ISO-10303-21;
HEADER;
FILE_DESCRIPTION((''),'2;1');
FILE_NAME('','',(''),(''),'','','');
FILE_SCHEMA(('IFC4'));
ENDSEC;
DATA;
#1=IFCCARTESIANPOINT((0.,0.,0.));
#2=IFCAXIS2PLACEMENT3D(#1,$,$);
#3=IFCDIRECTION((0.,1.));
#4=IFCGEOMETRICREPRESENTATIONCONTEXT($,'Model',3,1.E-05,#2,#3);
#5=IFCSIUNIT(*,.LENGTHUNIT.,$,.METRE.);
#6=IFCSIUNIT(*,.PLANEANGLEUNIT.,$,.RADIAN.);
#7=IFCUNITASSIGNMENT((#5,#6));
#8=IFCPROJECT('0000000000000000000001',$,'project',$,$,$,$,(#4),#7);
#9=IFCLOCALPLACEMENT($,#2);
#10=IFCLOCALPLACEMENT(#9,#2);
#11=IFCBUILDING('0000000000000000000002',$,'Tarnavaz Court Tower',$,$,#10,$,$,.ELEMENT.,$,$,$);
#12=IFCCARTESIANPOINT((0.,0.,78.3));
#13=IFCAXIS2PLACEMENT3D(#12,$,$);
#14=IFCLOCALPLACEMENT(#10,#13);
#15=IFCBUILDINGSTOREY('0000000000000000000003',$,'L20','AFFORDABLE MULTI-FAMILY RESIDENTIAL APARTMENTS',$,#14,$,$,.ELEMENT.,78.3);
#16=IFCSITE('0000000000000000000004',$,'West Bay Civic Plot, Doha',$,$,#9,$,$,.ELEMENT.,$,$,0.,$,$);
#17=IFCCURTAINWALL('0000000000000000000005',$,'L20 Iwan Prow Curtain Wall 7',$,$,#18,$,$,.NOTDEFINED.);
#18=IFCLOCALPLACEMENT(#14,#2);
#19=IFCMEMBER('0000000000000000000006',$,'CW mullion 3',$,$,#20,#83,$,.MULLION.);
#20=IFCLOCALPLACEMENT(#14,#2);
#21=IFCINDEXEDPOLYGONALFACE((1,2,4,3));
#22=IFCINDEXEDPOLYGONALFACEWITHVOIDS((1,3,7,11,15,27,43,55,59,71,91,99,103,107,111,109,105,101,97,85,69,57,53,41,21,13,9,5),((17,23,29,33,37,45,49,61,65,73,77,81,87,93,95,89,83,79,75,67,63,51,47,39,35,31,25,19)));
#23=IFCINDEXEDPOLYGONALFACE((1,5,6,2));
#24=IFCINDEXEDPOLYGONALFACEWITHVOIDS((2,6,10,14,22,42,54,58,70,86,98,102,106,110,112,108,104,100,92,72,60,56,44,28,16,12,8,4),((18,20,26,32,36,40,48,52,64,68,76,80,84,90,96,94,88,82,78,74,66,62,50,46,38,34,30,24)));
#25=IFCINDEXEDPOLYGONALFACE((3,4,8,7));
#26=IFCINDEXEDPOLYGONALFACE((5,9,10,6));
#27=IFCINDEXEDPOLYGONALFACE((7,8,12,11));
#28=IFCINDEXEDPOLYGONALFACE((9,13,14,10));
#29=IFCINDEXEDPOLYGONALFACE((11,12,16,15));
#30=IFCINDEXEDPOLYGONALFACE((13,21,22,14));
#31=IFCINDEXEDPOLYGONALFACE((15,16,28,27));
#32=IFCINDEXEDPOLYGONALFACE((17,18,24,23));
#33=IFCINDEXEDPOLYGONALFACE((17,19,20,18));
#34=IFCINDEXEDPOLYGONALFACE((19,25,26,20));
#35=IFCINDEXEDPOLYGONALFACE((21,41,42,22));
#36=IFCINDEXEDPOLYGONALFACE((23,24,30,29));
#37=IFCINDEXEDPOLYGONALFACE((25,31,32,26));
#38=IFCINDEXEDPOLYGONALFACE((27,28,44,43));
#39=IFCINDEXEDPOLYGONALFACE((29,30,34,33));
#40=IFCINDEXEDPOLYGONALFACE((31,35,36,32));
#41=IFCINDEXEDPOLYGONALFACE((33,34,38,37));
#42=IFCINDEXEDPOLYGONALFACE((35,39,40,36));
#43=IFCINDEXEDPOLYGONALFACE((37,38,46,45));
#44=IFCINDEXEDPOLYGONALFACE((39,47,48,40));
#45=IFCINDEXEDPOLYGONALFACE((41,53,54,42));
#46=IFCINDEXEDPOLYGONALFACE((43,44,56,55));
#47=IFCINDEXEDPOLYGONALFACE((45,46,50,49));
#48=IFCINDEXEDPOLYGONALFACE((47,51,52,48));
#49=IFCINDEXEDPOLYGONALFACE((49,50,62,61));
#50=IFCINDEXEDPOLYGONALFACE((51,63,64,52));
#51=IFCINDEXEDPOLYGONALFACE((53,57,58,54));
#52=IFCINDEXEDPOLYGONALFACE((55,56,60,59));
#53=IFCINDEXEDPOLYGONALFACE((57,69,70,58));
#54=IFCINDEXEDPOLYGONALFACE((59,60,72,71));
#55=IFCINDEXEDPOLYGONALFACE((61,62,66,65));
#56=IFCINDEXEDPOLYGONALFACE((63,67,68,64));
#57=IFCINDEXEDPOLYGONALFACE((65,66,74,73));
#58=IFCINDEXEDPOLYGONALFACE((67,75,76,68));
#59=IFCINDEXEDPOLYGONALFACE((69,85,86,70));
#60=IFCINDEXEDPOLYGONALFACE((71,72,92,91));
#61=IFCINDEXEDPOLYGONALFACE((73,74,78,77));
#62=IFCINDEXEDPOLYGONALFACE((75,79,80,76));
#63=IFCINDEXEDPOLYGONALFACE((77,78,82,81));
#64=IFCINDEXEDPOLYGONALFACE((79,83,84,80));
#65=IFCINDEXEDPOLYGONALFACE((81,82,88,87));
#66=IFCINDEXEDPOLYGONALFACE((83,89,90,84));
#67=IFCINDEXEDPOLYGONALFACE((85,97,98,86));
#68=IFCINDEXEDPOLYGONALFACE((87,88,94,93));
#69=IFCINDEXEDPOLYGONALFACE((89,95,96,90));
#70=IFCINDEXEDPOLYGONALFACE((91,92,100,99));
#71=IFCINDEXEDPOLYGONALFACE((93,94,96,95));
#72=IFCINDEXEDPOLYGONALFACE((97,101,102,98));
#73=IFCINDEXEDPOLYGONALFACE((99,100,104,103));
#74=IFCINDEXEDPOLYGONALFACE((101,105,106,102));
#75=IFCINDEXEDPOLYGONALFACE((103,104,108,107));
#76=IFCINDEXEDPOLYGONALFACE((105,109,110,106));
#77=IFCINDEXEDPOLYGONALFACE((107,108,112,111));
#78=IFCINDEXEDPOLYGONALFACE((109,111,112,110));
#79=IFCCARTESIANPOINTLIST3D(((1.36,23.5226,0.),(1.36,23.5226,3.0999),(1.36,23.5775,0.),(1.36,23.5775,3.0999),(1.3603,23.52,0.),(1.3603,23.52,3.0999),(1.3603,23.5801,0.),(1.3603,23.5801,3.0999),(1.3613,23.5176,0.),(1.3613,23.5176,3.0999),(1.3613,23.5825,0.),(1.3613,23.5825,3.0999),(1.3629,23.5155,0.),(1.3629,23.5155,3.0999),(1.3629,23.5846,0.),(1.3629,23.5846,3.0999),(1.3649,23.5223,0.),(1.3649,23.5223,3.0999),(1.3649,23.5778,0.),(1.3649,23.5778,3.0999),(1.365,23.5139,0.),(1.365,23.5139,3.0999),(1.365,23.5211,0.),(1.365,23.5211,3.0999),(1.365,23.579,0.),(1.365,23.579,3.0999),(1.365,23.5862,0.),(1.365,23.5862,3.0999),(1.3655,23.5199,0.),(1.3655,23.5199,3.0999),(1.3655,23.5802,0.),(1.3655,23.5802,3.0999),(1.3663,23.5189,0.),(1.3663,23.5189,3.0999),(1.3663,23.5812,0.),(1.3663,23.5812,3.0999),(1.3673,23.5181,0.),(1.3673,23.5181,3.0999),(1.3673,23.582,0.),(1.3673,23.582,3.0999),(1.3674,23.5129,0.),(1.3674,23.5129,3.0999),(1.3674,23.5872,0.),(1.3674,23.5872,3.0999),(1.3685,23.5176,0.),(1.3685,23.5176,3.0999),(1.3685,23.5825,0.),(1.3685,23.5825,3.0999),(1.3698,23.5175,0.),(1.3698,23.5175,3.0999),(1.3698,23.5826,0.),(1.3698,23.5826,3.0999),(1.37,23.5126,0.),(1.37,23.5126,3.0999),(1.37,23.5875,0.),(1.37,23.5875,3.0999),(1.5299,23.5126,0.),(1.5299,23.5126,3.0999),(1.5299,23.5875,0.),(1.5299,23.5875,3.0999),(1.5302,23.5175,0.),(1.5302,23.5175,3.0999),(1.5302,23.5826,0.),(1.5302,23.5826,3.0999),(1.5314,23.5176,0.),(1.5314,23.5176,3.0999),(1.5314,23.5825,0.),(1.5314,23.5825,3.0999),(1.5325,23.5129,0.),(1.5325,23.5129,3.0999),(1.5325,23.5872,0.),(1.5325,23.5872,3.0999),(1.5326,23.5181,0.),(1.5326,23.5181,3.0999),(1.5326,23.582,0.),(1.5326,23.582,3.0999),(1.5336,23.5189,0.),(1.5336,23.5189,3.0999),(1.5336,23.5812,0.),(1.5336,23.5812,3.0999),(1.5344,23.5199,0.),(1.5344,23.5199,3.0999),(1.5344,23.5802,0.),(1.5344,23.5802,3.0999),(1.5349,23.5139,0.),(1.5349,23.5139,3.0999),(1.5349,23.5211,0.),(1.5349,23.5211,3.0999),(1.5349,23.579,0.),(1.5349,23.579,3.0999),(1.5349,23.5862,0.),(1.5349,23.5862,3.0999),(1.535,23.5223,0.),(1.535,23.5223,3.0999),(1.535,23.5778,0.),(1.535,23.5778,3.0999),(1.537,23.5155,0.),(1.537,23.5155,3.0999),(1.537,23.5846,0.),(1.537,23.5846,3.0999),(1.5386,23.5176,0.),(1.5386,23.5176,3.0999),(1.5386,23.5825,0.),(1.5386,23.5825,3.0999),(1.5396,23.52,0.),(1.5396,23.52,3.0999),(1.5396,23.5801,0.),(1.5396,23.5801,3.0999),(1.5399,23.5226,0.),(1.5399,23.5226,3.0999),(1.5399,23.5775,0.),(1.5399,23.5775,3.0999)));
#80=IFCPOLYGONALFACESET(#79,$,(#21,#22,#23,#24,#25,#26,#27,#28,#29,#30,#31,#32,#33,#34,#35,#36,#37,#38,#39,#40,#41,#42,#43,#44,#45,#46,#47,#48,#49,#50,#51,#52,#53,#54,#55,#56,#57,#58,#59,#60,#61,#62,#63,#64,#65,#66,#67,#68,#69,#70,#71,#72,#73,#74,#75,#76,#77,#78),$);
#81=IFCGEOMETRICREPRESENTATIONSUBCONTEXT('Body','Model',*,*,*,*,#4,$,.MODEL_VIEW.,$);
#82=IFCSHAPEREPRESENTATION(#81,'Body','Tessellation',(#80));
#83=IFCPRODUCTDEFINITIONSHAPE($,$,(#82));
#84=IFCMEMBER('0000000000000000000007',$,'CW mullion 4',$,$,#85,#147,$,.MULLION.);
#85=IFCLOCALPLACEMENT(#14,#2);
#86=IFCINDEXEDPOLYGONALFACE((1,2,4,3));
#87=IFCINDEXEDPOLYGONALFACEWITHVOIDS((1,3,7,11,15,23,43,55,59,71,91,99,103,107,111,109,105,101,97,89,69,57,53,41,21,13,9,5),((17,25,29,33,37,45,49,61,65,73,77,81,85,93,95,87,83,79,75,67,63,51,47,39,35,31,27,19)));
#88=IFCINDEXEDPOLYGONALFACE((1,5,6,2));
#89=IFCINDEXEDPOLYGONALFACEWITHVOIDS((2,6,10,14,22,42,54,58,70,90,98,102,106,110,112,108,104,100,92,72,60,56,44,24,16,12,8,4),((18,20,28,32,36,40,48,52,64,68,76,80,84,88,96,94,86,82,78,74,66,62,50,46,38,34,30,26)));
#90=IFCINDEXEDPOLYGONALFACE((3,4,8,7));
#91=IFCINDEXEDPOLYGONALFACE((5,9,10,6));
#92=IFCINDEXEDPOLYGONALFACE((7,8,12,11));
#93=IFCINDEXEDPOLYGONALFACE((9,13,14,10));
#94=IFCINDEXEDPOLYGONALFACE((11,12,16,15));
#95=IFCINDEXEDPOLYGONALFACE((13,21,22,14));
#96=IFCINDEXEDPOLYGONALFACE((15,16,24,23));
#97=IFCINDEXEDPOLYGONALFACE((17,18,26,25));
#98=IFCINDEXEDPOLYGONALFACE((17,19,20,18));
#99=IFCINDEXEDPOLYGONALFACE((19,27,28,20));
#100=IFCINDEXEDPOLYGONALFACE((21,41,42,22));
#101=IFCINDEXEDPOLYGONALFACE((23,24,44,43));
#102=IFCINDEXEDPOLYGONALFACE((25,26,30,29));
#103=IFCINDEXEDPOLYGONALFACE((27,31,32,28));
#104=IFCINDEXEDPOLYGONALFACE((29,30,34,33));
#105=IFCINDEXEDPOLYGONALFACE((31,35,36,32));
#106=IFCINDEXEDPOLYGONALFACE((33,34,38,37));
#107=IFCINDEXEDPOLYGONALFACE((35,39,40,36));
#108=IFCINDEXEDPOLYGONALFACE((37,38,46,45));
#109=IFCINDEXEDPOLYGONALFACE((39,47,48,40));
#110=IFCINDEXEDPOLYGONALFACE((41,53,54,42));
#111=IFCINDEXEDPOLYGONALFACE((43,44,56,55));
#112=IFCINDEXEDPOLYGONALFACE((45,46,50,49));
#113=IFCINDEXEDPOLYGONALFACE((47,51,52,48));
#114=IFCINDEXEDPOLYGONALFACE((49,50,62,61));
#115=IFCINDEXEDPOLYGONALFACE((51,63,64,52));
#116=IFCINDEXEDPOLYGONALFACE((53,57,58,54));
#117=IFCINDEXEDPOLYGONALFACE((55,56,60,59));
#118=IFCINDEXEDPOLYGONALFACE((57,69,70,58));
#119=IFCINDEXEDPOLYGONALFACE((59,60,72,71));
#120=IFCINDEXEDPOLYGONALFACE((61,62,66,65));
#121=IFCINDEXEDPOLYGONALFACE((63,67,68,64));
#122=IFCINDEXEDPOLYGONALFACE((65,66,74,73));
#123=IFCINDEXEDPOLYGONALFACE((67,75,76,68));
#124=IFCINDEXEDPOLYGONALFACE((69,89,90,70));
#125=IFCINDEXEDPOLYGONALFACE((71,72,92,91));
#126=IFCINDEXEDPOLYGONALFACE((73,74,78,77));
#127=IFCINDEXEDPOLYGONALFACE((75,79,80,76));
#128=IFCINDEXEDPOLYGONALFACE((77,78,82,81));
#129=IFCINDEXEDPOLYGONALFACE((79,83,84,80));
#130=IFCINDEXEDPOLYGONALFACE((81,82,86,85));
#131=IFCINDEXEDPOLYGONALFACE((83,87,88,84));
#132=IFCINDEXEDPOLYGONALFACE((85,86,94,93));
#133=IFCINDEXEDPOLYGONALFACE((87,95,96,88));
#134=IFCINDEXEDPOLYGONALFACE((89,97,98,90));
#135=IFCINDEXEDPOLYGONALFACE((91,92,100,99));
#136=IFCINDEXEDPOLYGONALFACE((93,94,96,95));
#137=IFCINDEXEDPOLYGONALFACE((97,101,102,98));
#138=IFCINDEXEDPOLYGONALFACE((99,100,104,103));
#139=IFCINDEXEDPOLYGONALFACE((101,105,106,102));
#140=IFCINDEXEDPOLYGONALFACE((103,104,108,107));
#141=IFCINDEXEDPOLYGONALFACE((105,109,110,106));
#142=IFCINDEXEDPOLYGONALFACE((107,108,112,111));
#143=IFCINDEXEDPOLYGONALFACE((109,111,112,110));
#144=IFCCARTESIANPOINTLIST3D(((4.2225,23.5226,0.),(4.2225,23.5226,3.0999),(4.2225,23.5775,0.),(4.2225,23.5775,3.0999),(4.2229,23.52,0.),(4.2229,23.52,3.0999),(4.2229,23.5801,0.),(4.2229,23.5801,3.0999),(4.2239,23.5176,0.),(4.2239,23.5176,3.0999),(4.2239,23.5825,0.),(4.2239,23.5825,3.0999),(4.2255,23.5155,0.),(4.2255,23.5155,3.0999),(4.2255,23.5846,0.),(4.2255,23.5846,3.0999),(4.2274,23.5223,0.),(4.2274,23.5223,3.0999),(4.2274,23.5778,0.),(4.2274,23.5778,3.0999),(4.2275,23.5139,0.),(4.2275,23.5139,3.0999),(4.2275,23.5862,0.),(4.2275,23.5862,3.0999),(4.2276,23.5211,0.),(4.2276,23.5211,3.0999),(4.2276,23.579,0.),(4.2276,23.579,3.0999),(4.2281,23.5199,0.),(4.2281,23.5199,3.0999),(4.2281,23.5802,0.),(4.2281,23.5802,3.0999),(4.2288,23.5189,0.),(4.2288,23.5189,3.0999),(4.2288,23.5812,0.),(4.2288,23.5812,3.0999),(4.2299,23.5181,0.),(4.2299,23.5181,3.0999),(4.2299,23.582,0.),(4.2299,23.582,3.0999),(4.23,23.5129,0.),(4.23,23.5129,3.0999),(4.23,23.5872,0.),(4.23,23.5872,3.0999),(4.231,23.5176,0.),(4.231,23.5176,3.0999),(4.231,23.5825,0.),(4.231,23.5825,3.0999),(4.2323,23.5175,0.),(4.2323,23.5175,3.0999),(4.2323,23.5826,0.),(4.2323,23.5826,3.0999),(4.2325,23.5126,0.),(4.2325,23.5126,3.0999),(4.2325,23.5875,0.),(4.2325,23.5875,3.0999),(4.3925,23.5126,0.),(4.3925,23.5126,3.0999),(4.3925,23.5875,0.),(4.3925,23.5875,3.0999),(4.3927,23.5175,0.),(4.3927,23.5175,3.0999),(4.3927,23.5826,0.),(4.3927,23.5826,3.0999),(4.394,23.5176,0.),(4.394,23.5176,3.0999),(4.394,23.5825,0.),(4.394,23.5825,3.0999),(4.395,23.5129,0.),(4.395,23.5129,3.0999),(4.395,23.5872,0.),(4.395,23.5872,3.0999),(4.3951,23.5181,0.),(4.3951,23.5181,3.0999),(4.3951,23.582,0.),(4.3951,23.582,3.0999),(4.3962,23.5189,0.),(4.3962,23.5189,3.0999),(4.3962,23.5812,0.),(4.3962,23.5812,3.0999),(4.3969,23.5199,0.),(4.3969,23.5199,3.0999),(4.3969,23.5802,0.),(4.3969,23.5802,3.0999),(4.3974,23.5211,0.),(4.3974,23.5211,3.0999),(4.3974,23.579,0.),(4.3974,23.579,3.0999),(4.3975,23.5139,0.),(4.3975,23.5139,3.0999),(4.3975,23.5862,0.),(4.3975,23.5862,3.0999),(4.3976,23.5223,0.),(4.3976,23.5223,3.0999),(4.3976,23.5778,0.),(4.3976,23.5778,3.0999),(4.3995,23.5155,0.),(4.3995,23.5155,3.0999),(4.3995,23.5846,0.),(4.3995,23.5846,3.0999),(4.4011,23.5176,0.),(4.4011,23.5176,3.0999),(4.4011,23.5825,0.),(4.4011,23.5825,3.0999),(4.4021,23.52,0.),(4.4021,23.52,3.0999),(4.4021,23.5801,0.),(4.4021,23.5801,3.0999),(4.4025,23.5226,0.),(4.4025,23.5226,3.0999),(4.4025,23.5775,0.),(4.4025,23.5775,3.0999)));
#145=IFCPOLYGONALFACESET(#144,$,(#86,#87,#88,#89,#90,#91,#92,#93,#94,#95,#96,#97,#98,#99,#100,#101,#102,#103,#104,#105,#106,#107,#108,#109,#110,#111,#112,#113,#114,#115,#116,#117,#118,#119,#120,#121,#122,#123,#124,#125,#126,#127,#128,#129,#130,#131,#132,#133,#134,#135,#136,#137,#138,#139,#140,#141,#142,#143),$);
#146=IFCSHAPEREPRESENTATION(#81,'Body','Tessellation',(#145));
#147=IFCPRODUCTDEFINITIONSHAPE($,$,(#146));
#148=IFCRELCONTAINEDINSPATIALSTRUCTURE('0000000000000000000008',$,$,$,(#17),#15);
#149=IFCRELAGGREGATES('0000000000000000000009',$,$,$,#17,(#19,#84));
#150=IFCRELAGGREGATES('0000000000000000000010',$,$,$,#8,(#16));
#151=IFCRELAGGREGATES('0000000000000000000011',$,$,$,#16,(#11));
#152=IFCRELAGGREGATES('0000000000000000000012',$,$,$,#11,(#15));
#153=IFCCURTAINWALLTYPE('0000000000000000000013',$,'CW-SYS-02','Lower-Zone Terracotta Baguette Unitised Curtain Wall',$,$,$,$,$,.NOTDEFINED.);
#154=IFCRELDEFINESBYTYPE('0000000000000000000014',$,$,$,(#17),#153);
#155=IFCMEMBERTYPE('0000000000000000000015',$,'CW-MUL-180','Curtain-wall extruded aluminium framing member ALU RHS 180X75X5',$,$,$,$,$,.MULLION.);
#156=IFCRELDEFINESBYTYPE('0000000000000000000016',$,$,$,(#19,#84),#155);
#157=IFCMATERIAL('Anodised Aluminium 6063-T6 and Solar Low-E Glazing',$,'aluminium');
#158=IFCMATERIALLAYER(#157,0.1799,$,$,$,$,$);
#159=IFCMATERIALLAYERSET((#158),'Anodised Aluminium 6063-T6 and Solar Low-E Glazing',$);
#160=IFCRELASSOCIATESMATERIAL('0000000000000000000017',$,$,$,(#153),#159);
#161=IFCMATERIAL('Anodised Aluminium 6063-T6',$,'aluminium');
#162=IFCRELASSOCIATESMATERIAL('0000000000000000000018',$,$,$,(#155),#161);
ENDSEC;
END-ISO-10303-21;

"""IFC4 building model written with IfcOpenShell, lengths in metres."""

from ifc_helpers import new_model, si_unit, direction, frame, origin, origin_2d, place, context, subcontext, project, spatial, hollow_rectangle, extrude, material, layer, layer_set, material_profile, profile_set, type_object, element, aggregate, save


model = new_model("IFC4")

# Units and contexts
model_context = context("Model", 3, precision=1e-05, world=origin(), true_north=direction((0.0, 1.0)))
body_context = subcontext(model_context, "Body", "Model", "MODEL_VIEW")
ifc_project = project(units=[si_unit("LENGTHUNIT", "METRE"), si_unit("PLANEANGLEUNIT", "RADIAN")], contexts=[model_context])

# Site, building, storey
site_placement = place(None, origin())
site = spatial("IfcSite", under=ifc_project, at=site_placement, Name="West Bay Civic Plot, Doha", CompositionType="ELEMENT", RefElevation=0.0)
building_placement = place(site_placement, origin())
building = spatial("IfcBuilding", under=site, at=building_placement, Name="Tarnavaz Court Tower", CompositionType="ELEMENT")
storey_placement = place(building_placement, frame((0.0, 0.0, 78.3)))
storey = spatial("IfcBuildingStorey", under=building, at=storey_placement, Name="L20", Description="AFFORDABLE MULTI-FAMILY RESIDENTIAL APARTMENTS", CompositionType="ELEMENT", Elevation=78.3)

# Curtain wall, members
ifc_material_1 = material(Name="Anodised Aluminium 6063-T6 and Solar Low-E Glazing", Category="aluminium")
ifc_layer_1 = layer(ifc_material_1, 0.1799)
ifc_layer_set_1 = layer_set([ifc_layer_1], Name="Anodised Aluminium 6063-T6 and Solar Low-E Glazing")
curtain_wall_type = type_object("IfcCurtainWallType", Name="CW-SYS-02", Description="Lower-Zone Terracotta Baguette Unitised Curtain Wall", PredefinedType="NOTDEFINED", material=ifc_layer_set_1)
curtain_wall_placement = place(storey_placement, origin())
curtain_wall = element("IfcCurtainWall", 1, at=curtain_wall_placement, inside=storey, type_object=curtain_wall_type, Name="L20 Iwan Prow Curtain Wall 7", PredefinedType="NOTDEFINED")
ifc_material_2 = material(Name="Anodised Aluminium 6063-T6", Category="aluminium")
ifc_material_profile_1 = material_profile(ifc_material_2, hollow_rectangle(XDim=0.075, YDim=0.1799, WallThickness=0.0049, InnerFilletRadius=0.0049, OuterFilletRadius=0.01, at=origin_2d()), Name="ALU RHS 180X75X5")
ifc_profile_set_1 = profile_set([ifc_material_profile_1], Name="Anodised Aluminium 6063-T6")
member_type_1 = type_object("IfcMemberType", Name="CW-MUL-180", Description="Curtain-wall extruded aluminium framing member ALU RHS 180X75X5", PredefinedType="MULLION", material=ifc_profile_set_1)
member_1_placement = place(storey_placement, frame((1.45, 23.55, 0.0), z_axis=(0.0, 0.0, 1.0), x_axis=(0.0, 1.0, 0.0)))
member_1 = element("IfcMember", 2, at=member_1_placement, type_object=member_type_1, Name="CW mullion 3", PredefinedType="MULLION", context=body_context, shape_type="SweptSolid", body=[
    extrude(hollow_rectangle(XDim=0.075, YDim=0.1799, WallThickness=0.0049, InnerFilletRadius=0.0049, OuterFilletRadius=0.01, at=origin_2d()), origin(), (0.0, 0.0, 1.0), 3.0999),
])
member_2_placement = place(storey_placement, frame((4.3125, 23.55, 0.0), z_axis=(0.0, 0.0, 1.0), x_axis=(0.0, 1.0, 0.0)))
member_2 = element("IfcMember", 3, at=member_2_placement, type_object=member_type_1, Name="CW mullion 4", PredefinedType="MULLION", context=body_context, shape_type="SweptSolid", body=[
    extrude(hollow_rectangle(XDim=0.075, YDim=0.1799, WallThickness=0.0049, InnerFilletRadius=0.0049, OuterFilletRadius=0.01, at=origin_2d()), origin(), (0.0, 0.0, 1.0), 3.0999),
])
aggregate(curtain_wall, [member_1, member_2])

save(model, "model.ifc")
